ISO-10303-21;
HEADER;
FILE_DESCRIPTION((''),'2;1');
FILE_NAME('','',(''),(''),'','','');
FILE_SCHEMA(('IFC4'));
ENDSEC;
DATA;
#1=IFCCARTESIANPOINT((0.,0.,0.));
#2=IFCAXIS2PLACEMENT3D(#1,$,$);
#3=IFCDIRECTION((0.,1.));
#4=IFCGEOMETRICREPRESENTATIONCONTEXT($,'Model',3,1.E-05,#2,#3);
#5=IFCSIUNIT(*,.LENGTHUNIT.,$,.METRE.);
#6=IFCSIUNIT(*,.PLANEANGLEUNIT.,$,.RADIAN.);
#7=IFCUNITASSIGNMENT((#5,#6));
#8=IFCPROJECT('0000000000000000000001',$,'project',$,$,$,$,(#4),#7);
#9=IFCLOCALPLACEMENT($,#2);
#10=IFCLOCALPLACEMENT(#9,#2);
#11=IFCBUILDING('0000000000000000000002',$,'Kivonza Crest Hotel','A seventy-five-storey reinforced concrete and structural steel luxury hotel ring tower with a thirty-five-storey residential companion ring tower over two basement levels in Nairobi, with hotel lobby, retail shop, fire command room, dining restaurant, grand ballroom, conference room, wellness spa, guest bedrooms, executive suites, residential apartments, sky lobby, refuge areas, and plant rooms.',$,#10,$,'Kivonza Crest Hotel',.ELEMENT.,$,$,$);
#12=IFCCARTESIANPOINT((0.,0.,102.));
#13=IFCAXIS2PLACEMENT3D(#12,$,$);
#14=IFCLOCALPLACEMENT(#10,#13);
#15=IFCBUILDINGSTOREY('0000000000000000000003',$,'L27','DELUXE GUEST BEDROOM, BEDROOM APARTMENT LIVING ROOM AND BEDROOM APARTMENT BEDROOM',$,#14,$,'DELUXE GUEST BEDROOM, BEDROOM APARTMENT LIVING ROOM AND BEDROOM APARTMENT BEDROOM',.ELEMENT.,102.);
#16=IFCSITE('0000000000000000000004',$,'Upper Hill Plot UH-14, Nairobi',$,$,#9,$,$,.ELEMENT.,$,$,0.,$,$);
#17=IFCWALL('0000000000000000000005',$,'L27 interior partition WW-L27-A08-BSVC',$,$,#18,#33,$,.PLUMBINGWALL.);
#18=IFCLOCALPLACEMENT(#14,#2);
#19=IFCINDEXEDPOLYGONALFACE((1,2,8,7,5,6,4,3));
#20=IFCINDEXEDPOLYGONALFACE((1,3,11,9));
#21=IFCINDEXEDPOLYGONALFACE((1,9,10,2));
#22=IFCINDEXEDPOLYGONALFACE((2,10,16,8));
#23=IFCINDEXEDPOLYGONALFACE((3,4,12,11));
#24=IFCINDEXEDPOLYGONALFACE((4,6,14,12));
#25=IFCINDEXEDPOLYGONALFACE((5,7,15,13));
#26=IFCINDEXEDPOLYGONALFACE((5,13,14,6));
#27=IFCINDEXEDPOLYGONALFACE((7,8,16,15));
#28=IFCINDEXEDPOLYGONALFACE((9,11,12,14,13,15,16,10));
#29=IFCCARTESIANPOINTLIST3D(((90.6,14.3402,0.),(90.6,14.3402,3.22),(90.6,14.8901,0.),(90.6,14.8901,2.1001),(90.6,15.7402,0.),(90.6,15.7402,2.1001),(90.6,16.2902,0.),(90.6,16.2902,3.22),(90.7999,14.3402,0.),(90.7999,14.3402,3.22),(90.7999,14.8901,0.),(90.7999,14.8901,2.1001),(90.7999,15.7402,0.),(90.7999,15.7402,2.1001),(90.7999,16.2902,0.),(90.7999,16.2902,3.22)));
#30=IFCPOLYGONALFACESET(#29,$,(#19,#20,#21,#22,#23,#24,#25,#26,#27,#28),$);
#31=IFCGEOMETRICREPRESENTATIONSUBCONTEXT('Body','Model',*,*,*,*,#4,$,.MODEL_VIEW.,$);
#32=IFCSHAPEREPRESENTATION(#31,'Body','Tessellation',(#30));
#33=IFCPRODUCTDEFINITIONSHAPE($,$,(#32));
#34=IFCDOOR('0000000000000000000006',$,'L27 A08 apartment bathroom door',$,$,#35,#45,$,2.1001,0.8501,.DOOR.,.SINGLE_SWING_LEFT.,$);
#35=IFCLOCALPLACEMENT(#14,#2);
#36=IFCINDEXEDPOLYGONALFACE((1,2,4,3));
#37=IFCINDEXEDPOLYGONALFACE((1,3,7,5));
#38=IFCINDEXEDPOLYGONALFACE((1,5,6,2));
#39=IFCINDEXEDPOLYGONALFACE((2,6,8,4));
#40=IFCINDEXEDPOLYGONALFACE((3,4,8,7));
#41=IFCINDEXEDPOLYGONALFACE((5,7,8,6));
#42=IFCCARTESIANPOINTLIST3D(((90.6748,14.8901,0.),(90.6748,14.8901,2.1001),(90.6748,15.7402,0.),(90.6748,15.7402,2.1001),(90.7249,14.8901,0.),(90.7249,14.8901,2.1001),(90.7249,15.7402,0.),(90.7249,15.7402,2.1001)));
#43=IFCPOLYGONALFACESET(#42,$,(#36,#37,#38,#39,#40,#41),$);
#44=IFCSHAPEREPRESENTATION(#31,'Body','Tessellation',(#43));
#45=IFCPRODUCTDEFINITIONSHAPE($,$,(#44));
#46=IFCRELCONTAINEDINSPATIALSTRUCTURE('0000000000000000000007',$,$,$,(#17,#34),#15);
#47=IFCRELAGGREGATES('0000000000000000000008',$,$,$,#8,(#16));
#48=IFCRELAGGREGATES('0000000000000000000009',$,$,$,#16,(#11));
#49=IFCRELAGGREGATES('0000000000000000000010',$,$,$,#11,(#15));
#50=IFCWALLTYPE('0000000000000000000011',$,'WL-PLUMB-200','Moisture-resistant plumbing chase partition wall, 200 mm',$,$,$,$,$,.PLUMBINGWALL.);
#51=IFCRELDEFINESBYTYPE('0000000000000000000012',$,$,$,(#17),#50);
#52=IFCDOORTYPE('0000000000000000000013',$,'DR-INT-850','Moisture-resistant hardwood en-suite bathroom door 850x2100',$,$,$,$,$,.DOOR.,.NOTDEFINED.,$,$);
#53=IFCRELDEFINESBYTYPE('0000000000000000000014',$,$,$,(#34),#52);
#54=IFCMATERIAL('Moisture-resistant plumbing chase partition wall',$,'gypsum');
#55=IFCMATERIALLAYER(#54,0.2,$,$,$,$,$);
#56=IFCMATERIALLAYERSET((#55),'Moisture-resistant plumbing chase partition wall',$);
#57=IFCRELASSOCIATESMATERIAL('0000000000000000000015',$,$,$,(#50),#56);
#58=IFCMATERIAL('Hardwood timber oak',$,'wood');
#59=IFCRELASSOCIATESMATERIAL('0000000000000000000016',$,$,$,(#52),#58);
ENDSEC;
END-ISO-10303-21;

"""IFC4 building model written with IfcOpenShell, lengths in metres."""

from ifc_helpers import new_model, si_unit, direction, frame, frame_2d, origin, place, context, subcontext, project, spatial, rectangle, extrude, material, layer, layer_set, type_object, element, fill, save


model = new_model("IFC4")

# Units and contexts
model_context = context("Model", 3, precision=1e-05, world=origin(), true_north=direction((0.0, 1.0)))
body_context = subcontext(model_context, "Body", "Model", "MODEL_VIEW")
ifc_project = project(units=[si_unit("LENGTHUNIT", "METRE"), si_unit("PLANEANGLEUNIT", "RADIAN")], contexts=[model_context])

# Site, building, storey
site_placement = place(None, origin())
site = spatial("IfcSite", under=ifc_project, at=site_placement, Name="Upper Hill Plot UH-14, Nairobi", CompositionType="ELEMENT", RefElevation=0.0)
building_placement = place(site_placement, origin())
building = spatial("IfcBuilding", under=site, at=building_placement, Name="Kivonza Crest Hotel", Description="A seventy-five-storey reinforced concrete and structural steel luxury hotel ring tower with a thirty-five-storey residential companion ring tower over two basement levels in Nairobi, with hotel lobby, retail shop, fire command room, dining restaurant, grand ballroom, conference room, wellness spa, guest bedrooms, executive suites, residential apartments, sky lobby, refuge areas, and plant rooms.", LongName="Kivonza Crest Hotel", CompositionType="ELEMENT")
storey_placement = place(building_placement, frame((0.0, 0.0, 102.0)))
storey = spatial("IfcBuildingStorey", under=building, at=storey_placement, Name="L27", Description="DELUXE GUEST BEDROOM, BEDROOM APARTMENT LIVING ROOM AND BEDROOM APARTMENT BEDROOM", LongName="DELUXE GUEST BEDROOM, BEDROOM APARTMENT LIVING ROOM AND BEDROOM APARTMENT BEDROOM", CompositionType="ELEMENT", Elevation=102.0)

# Shared definitions
ifc_material_1 = material(Name="Hardwood timber oak", Category="wood")

# Shared definitions
ifc_material_2 = material(Name="Moisture-resistant plumbing chase partition wall", Category="gypsum")
ifc_layer_1 = layer(ifc_material_2, 0.2)
ifc_layer_set_1 = layer_set([ifc_layer_1], Name="Moisture-resistant plumbing chase partition wall")
wall_type_1 = type_object("IfcWallType", Name="WL-PLUMB-200", Description="Moisture-resistant plumbing chase partition wall, 200 mm", PredefinedType="PLUMBINGWALL", material=ifc_layer_set_1)

# Wall, opening, door
wall_1_placement = place(storey_placement, frame((90.7, 14.3401, 0.0), z_axis=(0.0, 0.0, 1.0), x_axis=(0.0, 1.0, 0.0)))
wall_1 = element("IfcWall", 1, at=wall_1_placement, inside=storey, type_object=wall_type_1, Name="L27 interior partition WW-L27-A08-BSVC", PredefinedType="PLUMBINGWALL", context=body_context, shape_type="SweptSolid", body=[
    extrude(rectangle(XDim=1.95, YDim=0.2, at=frame_2d((0.9751, 0.0))), origin(), (0.0, 0.0, 1.0), 3.22),
])
opening_1_placement = place(wall_1_placement, frame((0.55, 0.0, 0.0)))
opening_1 = element("IfcOpeningElement", 2, at=opening_1_placement, cuts=wall_1, PredefinedType="OPENING", context=body_context, shape_type="SweptSolid", body=[
    extrude(rectangle(XDim=0.8501, YDim=2.1001, at=frame_2d((0.425, 1.05))), frame((0.0, 0.1099, 0.0), z_axis=(0.0, -1.0, 0.0), x_axis=(1.0, 0.0, 0.0)), (0.0, 0.0, 1.0), 0.22),
])
door_type_1 = type_object("IfcDoorType", Name="DR-INT-850", Description="Moisture-resistant hardwood en-suite bathroom door 850x2100", OperationType="NOTDEFINED", PredefinedType="DOOR", material=ifc_material_1)
door_1_placement = place(opening_1_placement, frame((0.8501, 0.0, 0.0), z_axis=(0.0, 0.0, 1.0), x_axis=(-1.0, 0.0, 0.0)))
door_1 = element("IfcDoor", 3, at=door_1_placement, inside=storey, type_object=door_type_1, Name="L27 A08 apartment bathroom door", OperationType="SINGLE_SWING_LEFT", OverallHeight=2.1001, OverallWidth=0.8501, PredefinedType="DOOR", context=body_context, shape_type="SweptSolid", body=[
    extrude(rectangle(XDim=0.8501, YDim=2.1001, at=frame_2d((0.425, 1.05))), frame((0.0, 0.0249, 0.0), z_axis=(0.0, -1.0, 0.0), x_axis=(1.0, 0.0, 0.0)), (0.0, 0.0, 1.0), 0.05),
])
fill(opening_1, door_1)

save(model, "model.ifc")
